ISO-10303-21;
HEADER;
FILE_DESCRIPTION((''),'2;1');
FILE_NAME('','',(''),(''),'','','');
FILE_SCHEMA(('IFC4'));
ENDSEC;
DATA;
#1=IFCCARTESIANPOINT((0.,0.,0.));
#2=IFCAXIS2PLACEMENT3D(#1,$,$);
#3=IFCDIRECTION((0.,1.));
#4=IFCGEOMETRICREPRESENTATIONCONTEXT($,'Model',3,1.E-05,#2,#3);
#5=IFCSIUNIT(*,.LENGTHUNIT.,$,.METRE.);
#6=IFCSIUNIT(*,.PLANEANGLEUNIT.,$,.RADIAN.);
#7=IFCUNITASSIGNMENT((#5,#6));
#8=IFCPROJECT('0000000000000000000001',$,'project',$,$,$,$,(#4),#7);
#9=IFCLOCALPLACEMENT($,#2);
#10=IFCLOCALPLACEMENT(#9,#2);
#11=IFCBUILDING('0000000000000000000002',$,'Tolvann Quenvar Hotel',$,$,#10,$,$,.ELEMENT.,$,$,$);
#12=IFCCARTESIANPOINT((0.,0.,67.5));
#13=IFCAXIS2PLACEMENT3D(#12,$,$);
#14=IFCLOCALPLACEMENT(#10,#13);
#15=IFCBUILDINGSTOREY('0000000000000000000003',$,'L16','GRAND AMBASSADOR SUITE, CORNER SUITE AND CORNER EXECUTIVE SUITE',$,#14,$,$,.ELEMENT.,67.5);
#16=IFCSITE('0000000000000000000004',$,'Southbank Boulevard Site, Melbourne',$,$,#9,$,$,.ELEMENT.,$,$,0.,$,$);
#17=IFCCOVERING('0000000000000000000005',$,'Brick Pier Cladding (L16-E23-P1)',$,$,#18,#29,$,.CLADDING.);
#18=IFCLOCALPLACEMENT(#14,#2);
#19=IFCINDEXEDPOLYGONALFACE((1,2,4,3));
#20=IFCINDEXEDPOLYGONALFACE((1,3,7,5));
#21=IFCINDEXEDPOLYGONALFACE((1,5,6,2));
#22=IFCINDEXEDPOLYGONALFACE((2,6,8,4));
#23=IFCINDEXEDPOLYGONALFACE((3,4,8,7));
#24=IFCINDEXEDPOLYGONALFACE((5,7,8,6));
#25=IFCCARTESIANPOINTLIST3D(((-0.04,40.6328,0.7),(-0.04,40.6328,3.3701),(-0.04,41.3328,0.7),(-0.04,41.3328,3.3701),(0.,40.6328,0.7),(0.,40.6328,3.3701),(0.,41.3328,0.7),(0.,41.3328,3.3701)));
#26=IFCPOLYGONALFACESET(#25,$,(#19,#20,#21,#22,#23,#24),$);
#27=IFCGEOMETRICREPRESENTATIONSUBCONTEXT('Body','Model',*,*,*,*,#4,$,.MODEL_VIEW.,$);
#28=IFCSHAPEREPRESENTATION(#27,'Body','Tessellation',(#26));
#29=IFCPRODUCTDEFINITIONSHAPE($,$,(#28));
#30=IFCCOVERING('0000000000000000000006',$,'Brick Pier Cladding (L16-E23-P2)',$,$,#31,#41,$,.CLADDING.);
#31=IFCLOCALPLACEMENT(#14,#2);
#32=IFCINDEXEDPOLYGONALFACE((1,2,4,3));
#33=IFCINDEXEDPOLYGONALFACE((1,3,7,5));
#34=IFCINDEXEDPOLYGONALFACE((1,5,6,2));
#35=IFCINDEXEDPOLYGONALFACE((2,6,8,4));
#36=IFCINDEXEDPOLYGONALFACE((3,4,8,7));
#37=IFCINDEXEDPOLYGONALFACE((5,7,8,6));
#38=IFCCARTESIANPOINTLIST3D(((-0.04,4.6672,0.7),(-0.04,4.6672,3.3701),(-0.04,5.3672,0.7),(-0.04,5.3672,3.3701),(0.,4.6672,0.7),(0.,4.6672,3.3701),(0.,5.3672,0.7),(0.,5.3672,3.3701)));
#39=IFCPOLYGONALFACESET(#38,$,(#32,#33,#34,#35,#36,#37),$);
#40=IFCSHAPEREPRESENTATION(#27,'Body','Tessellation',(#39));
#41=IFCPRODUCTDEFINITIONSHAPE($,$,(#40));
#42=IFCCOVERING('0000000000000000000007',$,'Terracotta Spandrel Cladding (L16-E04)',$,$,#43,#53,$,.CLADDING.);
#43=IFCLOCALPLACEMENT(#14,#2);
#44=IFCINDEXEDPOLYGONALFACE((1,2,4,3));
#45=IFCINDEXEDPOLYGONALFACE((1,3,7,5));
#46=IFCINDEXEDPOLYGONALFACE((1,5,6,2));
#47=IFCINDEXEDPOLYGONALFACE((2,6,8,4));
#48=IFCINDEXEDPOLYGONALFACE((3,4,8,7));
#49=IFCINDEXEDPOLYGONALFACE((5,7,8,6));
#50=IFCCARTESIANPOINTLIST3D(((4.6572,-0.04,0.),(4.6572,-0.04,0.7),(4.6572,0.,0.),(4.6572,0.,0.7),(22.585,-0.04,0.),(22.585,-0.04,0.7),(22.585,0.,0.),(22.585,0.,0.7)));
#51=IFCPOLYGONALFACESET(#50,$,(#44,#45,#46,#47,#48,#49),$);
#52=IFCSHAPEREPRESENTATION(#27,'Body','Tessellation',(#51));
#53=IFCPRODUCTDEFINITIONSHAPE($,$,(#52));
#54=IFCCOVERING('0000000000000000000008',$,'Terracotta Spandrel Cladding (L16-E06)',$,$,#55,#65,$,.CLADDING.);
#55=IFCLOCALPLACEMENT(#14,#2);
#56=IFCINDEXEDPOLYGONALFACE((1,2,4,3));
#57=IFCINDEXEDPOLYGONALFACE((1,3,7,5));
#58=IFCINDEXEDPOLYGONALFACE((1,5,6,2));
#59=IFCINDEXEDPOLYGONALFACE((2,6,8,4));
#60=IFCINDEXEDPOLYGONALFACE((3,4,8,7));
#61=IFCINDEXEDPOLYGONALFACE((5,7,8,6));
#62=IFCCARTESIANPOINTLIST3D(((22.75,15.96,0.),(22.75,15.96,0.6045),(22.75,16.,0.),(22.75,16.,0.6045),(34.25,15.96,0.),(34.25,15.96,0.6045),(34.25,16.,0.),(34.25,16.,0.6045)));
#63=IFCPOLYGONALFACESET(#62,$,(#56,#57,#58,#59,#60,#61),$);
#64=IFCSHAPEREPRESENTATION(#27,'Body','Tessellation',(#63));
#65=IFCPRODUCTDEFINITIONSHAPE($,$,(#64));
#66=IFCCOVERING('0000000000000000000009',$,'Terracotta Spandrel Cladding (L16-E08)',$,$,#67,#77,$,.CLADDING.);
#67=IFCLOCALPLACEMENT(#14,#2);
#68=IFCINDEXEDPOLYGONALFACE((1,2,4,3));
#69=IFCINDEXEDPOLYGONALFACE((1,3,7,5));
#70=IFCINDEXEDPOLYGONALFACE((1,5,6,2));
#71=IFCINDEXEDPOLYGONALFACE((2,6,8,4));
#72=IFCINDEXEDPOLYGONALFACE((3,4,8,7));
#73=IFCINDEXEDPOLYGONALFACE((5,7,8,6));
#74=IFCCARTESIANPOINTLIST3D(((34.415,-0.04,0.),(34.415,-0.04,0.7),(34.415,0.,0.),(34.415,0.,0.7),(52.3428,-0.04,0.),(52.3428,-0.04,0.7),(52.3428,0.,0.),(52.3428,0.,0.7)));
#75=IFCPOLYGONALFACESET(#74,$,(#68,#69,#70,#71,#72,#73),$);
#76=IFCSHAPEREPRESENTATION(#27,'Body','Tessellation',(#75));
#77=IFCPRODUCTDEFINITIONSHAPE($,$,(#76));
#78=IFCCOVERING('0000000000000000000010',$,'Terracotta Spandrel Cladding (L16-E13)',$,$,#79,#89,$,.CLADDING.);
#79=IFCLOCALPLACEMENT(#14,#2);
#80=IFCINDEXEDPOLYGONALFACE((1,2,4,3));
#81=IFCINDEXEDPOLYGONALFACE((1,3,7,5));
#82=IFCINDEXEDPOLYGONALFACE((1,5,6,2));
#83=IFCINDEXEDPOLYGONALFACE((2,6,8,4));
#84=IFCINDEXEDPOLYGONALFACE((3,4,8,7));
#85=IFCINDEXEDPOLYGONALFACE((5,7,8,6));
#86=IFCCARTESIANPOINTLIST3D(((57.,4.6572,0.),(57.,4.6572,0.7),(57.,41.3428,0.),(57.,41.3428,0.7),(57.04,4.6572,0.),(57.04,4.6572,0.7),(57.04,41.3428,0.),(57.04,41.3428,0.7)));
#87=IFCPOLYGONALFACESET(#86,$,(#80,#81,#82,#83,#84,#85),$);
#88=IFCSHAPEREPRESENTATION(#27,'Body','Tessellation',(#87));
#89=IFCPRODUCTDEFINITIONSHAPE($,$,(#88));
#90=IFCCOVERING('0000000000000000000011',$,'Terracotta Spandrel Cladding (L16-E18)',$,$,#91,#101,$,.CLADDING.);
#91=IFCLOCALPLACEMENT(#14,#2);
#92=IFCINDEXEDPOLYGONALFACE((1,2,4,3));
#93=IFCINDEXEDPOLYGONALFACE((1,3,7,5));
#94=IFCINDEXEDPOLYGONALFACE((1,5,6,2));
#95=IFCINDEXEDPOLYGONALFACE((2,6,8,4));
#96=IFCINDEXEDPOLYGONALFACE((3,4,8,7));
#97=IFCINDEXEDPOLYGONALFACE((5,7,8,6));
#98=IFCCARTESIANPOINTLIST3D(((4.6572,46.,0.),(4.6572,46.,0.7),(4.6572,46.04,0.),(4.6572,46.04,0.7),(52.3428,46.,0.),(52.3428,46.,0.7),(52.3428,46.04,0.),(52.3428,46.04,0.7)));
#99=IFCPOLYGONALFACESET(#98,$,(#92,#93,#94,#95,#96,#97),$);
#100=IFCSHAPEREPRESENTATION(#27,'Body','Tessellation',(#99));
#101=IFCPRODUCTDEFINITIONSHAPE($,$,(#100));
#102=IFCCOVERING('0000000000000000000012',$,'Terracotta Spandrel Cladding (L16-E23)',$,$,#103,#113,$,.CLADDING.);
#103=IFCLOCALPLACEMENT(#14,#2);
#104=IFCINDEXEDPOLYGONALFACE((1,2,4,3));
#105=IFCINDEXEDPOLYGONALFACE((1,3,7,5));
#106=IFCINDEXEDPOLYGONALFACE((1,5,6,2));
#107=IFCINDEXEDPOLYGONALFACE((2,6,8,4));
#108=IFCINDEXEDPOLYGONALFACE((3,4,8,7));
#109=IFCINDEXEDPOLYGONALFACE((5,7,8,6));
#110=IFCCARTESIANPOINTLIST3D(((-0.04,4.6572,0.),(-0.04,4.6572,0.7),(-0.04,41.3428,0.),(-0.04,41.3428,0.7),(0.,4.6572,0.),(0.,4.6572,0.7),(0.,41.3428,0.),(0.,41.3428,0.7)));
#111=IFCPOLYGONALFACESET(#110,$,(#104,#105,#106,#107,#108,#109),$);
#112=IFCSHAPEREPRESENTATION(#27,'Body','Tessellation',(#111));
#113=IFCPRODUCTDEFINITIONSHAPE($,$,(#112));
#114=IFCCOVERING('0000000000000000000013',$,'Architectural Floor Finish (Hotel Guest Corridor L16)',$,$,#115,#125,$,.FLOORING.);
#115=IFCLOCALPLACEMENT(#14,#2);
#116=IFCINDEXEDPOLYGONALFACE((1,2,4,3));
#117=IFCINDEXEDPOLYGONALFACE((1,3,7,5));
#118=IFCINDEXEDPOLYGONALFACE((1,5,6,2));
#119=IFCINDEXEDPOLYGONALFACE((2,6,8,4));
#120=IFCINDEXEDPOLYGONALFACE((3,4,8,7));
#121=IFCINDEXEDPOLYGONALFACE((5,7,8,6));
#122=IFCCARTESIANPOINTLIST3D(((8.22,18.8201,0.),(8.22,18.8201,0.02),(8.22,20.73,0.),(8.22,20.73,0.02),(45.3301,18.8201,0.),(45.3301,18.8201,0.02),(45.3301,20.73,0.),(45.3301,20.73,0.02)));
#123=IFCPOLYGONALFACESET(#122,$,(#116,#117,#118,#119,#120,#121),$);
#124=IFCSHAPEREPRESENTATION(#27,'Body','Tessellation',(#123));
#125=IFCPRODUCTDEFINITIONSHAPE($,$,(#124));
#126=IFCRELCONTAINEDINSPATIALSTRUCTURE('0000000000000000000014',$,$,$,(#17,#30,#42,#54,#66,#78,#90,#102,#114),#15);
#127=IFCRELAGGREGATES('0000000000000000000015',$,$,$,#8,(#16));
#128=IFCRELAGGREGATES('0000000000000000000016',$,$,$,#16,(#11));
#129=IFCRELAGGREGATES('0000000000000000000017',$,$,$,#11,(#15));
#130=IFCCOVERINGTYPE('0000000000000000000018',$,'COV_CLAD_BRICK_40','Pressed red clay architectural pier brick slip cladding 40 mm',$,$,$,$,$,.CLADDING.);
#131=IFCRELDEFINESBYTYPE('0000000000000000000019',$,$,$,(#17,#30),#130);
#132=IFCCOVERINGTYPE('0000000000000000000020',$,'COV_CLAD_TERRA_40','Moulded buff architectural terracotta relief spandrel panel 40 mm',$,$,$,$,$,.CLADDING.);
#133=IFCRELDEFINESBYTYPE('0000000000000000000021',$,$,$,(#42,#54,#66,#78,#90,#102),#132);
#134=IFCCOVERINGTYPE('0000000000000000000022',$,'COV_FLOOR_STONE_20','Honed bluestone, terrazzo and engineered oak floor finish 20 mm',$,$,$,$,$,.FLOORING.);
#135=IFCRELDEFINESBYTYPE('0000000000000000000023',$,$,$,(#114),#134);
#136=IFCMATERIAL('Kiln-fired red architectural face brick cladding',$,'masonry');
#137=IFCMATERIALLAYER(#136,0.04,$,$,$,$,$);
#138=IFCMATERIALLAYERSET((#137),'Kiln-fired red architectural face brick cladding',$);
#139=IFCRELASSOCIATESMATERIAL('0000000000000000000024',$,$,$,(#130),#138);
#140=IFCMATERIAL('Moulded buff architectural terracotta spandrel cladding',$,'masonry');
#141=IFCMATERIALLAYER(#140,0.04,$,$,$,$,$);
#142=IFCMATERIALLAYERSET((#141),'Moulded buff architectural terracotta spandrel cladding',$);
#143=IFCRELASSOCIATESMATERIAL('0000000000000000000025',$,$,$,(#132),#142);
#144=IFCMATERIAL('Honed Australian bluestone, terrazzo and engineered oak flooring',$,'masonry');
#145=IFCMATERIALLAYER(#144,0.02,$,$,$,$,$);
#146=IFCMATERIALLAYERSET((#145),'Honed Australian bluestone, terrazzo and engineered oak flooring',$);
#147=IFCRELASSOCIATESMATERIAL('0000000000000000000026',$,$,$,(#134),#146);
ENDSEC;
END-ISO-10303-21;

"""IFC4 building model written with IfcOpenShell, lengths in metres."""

from ifc_helpers import new_model, si_unit, direction, frame, origin, place, context, subcontext, project, spatial, polyline, outline, extrude, material, layer, layer_set, type_object, element, save


model = new_model("IFC4")

# Units and contexts
model_context = context("Model", 3, precision=1e-05, world=origin(), true_north=direction((0.0, 1.0)))
body_context = subcontext(model_context, "Body", "Model", "MODEL_VIEW")
ifc_project = project(units=[si_unit("LENGTHUNIT", "METRE"), si_unit("PLANEANGLEUNIT", "RADIAN")], contexts=[model_context])

# Site, building, storey
site_placement = place(None, origin())
site = spatial("IfcSite", under=ifc_project, at=site_placement, Name="Southbank Boulevard Site, Melbourne", CompositionType="ELEMENT", RefElevation=0.0)
building_placement = place(site_placement, origin())
building = spatial("IfcBuilding", under=site, at=building_placement, Name="Tolvann Quenvar Hotel", CompositionType="ELEMENT")
storey_placement = place(building_placement, frame((0.0, 0.0, 67.5)))
storey = spatial("IfcBuildingStorey", under=building, at=storey_placement, Name="L16", Description="GRAND AMBASSADOR SUITE, CORNER SUITE AND CORNER EXECUTIVE SUITE", CompositionType="ELEMENT", Elevation=67.5)

# Coverings
ifc_material_1 = material(Name="Kiln-fired red architectural face brick cladding", Category="masonry")
ifc_layer_1 = layer(ifc_material_1, 0.04)
ifc_layer_set_1 = layer_set([ifc_layer_1], Name="Kiln-fired red architectural face brick cladding")
covering_type_1 = type_object("IfcCoveringType", Name="COV_CLAD_BRICK_40", Description="Pressed red clay architectural pier brick slip cladding 40 mm", PredefinedType="CLADDING", material=ifc_layer_set_1)
covering_1_placement = place(storey_placement, frame((0.0, 0.0, 0.7)))
element("IfcCovering", 1, at=covering_1_placement, inside=storey, type_object=covering_type_1, Name="Brick Pier Cladding (L16-E23-P1)", PredefinedType="CLADDING", context=body_context, shape_type="SweptSolid", body=[
    extrude(outline(polyline([(0.0, 41.3328), (0.0, 40.6328), (-0.04, 40.6328), (-0.04, 41.3328), (0.0, 41.3328)])), origin(), (0.0, 0.0, 1.0), 2.6702),
])
covering_2_placement = place(storey_placement, frame((0.0, 0.0, 0.7)))
element("IfcCovering", 2, at=covering_2_placement, inside=storey, type_object=covering_type_1, Name="Brick Pier Cladding (L16-E23-P2)", PredefinedType="CLADDING", context=body_context, shape_type="SweptSolid", body=[
    extrude(outline(polyline([(0.0, 5.3672), (0.0, 4.6672), (-0.04, 4.6672), (-0.04, 5.3672), (0.0, 5.3672)])), origin(), (0.0, 0.0, 1.0), 2.6702),
])
ifc_material_2 = material(Name="Moulded buff architectural terracotta spandrel cladding", Category="masonry")
ifc_layer_2 = layer(ifc_material_2, 0.04)
ifc_layer_set_2 = layer_set([ifc_layer_2], Name="Moulded buff architectural terracotta spandrel cladding")
covering_type_2 = type_object("IfcCoveringType", Name="COV_CLAD_TERRA_40", Description="Moulded buff architectural terracotta relief spandrel panel 40 mm", PredefinedType="CLADDING", material=ifc_layer_set_2)
covering_3_placement = place(storey_placement, origin())
element("IfcCovering", 3, at=covering_3_placement, inside=storey, type_object=covering_type_2, Name="Terracotta Spandrel Cladding (L16-E04)", PredefinedType="CLADDING", context=body_context, shape_type="SweptSolid", body=[
    extrude(outline(polyline([(4.6572, 0.0), (22.585, 0.0), (22.585, -0.04), (4.6572, -0.04), (4.6572, 0.0)])), origin(), (0.0, 0.0, 1.0), 0.7),
])
covering_4_placement = place(storey_placement, origin())
element("IfcCovering", 4, at=covering_4_placement, inside=storey, type_object=covering_type_2, Name="Terracotta Spandrel Cladding (L16-E06)", PredefinedType="CLADDING", context=body_context, shape_type="SweptSolid", body=[
    extrude(outline(polyline([(22.75, 16.0), (34.25, 16.0), (34.25, 15.96), (22.75, 15.96), (22.75, 16.0)])), origin(), (0.0, 0.0, 1.0), 0.6045),
])
covering_5_placement = place(storey_placement, origin())
element("IfcCovering", 5, at=covering_5_placement, inside=storey, type_object=covering_type_2, Name="Terracotta Spandrel Cladding (L16-E08)", PredefinedType="CLADDING", context=body_context, shape_type="SweptSolid", body=[
    extrude(outline(polyline([(34.415, 0.0), (52.3428, 0.0), (52.3428, -0.04), (34.415, -0.04), (34.415, 0.0)])), origin(), (0.0, 0.0, 1.0), 0.7),
])
covering_6_placement = place(storey_placement, origin())
element("IfcCovering", 6, at=covering_6_placement, inside=storey, type_object=covering_type_2, Name="Terracotta Spandrel Cladding (L16-E13)", PredefinedType="CLADDING", context=body_context, shape_type="SweptSolid", body=[
    extrude(outline(polyline([(57.0, 4.6572), (57.0, 41.3428), (57.04, 41.3428), (57.04, 4.6572), (57.0, 4.6572)])), origin(), (0.0, 0.0, 1.0), 0.7),
])
covering_7_placement = place(storey_placement, origin())
element("IfcCovering", 7, at=covering_7_placement, inside=storey, type_object=covering_type_2, Name="Terracotta Spandrel Cladding (L16-E18)", PredefinedType="CLADDING", context=body_context, shape_type="SweptSolid", body=[
    extrude(outline(polyline([(52.3428, 46.0), (4.6572, 46.0), (4.6572, 46.04), (52.3428, 46.04), (52.3428, 46.0)])), origin(), (0.0, 0.0, 1.0), 0.7),
])
covering_8_placement = place(storey_placement, origin())
element("IfcCovering", 8, at=covering_8_placement, inside=storey, type_object=covering_type_2, Name="Terracotta Spandrel Cladding (L16-E23)", PredefinedType="CLADDING", context=body_context, shape_type="SweptSolid", body=[
    extrude(outline(polyline([(0.0, 41.3428), (0.0, 4.6572), (-0.04, 4.6572), (-0.04, 41.3428), (0.0, 41.3428)])), origin(), (0.0, 0.0, 1.0), 0.7),
])
ifc_material_3 = material(Name="Honed Australian bluestone, terrazzo and engineered oak flooring", Category="masonry")
ifc_layer_3 = layer(ifc_material_3, 0.02)
ifc_layer_set_3 = layer_set([ifc_layer_3], Name="Honed Australian bluestone, terrazzo and engineered oak flooring")
covering_type_3 = type_object("IfcCoveringType", Name="COV_FLOOR_STONE_20", Description="Honed bluestone, terrazzo and engineered oak floor finish 20 mm", PredefinedType="FLOORING", material=ifc_layer_set_3)
covering_9_placement = place(storey_placement, origin())
element("IfcCovering", 9, at=covering_9_placement, inside=storey, type_object=covering_type_3, Name="Architectural Floor Finish (Hotel Guest Corridor L16)", PredefinedType="FLOORING", context=body_context, shape_type="SweptSolid", body=[
    extrude(outline(polyline([(8.22, 18.8201), (45.3301, 18.8201), (45.3301, 20.73), (8.22, 20.73), (8.22, 18.8201)])), origin(), (0.0, 0.0, 1.0), 0.02),
])

save(model, "model.ifc")
